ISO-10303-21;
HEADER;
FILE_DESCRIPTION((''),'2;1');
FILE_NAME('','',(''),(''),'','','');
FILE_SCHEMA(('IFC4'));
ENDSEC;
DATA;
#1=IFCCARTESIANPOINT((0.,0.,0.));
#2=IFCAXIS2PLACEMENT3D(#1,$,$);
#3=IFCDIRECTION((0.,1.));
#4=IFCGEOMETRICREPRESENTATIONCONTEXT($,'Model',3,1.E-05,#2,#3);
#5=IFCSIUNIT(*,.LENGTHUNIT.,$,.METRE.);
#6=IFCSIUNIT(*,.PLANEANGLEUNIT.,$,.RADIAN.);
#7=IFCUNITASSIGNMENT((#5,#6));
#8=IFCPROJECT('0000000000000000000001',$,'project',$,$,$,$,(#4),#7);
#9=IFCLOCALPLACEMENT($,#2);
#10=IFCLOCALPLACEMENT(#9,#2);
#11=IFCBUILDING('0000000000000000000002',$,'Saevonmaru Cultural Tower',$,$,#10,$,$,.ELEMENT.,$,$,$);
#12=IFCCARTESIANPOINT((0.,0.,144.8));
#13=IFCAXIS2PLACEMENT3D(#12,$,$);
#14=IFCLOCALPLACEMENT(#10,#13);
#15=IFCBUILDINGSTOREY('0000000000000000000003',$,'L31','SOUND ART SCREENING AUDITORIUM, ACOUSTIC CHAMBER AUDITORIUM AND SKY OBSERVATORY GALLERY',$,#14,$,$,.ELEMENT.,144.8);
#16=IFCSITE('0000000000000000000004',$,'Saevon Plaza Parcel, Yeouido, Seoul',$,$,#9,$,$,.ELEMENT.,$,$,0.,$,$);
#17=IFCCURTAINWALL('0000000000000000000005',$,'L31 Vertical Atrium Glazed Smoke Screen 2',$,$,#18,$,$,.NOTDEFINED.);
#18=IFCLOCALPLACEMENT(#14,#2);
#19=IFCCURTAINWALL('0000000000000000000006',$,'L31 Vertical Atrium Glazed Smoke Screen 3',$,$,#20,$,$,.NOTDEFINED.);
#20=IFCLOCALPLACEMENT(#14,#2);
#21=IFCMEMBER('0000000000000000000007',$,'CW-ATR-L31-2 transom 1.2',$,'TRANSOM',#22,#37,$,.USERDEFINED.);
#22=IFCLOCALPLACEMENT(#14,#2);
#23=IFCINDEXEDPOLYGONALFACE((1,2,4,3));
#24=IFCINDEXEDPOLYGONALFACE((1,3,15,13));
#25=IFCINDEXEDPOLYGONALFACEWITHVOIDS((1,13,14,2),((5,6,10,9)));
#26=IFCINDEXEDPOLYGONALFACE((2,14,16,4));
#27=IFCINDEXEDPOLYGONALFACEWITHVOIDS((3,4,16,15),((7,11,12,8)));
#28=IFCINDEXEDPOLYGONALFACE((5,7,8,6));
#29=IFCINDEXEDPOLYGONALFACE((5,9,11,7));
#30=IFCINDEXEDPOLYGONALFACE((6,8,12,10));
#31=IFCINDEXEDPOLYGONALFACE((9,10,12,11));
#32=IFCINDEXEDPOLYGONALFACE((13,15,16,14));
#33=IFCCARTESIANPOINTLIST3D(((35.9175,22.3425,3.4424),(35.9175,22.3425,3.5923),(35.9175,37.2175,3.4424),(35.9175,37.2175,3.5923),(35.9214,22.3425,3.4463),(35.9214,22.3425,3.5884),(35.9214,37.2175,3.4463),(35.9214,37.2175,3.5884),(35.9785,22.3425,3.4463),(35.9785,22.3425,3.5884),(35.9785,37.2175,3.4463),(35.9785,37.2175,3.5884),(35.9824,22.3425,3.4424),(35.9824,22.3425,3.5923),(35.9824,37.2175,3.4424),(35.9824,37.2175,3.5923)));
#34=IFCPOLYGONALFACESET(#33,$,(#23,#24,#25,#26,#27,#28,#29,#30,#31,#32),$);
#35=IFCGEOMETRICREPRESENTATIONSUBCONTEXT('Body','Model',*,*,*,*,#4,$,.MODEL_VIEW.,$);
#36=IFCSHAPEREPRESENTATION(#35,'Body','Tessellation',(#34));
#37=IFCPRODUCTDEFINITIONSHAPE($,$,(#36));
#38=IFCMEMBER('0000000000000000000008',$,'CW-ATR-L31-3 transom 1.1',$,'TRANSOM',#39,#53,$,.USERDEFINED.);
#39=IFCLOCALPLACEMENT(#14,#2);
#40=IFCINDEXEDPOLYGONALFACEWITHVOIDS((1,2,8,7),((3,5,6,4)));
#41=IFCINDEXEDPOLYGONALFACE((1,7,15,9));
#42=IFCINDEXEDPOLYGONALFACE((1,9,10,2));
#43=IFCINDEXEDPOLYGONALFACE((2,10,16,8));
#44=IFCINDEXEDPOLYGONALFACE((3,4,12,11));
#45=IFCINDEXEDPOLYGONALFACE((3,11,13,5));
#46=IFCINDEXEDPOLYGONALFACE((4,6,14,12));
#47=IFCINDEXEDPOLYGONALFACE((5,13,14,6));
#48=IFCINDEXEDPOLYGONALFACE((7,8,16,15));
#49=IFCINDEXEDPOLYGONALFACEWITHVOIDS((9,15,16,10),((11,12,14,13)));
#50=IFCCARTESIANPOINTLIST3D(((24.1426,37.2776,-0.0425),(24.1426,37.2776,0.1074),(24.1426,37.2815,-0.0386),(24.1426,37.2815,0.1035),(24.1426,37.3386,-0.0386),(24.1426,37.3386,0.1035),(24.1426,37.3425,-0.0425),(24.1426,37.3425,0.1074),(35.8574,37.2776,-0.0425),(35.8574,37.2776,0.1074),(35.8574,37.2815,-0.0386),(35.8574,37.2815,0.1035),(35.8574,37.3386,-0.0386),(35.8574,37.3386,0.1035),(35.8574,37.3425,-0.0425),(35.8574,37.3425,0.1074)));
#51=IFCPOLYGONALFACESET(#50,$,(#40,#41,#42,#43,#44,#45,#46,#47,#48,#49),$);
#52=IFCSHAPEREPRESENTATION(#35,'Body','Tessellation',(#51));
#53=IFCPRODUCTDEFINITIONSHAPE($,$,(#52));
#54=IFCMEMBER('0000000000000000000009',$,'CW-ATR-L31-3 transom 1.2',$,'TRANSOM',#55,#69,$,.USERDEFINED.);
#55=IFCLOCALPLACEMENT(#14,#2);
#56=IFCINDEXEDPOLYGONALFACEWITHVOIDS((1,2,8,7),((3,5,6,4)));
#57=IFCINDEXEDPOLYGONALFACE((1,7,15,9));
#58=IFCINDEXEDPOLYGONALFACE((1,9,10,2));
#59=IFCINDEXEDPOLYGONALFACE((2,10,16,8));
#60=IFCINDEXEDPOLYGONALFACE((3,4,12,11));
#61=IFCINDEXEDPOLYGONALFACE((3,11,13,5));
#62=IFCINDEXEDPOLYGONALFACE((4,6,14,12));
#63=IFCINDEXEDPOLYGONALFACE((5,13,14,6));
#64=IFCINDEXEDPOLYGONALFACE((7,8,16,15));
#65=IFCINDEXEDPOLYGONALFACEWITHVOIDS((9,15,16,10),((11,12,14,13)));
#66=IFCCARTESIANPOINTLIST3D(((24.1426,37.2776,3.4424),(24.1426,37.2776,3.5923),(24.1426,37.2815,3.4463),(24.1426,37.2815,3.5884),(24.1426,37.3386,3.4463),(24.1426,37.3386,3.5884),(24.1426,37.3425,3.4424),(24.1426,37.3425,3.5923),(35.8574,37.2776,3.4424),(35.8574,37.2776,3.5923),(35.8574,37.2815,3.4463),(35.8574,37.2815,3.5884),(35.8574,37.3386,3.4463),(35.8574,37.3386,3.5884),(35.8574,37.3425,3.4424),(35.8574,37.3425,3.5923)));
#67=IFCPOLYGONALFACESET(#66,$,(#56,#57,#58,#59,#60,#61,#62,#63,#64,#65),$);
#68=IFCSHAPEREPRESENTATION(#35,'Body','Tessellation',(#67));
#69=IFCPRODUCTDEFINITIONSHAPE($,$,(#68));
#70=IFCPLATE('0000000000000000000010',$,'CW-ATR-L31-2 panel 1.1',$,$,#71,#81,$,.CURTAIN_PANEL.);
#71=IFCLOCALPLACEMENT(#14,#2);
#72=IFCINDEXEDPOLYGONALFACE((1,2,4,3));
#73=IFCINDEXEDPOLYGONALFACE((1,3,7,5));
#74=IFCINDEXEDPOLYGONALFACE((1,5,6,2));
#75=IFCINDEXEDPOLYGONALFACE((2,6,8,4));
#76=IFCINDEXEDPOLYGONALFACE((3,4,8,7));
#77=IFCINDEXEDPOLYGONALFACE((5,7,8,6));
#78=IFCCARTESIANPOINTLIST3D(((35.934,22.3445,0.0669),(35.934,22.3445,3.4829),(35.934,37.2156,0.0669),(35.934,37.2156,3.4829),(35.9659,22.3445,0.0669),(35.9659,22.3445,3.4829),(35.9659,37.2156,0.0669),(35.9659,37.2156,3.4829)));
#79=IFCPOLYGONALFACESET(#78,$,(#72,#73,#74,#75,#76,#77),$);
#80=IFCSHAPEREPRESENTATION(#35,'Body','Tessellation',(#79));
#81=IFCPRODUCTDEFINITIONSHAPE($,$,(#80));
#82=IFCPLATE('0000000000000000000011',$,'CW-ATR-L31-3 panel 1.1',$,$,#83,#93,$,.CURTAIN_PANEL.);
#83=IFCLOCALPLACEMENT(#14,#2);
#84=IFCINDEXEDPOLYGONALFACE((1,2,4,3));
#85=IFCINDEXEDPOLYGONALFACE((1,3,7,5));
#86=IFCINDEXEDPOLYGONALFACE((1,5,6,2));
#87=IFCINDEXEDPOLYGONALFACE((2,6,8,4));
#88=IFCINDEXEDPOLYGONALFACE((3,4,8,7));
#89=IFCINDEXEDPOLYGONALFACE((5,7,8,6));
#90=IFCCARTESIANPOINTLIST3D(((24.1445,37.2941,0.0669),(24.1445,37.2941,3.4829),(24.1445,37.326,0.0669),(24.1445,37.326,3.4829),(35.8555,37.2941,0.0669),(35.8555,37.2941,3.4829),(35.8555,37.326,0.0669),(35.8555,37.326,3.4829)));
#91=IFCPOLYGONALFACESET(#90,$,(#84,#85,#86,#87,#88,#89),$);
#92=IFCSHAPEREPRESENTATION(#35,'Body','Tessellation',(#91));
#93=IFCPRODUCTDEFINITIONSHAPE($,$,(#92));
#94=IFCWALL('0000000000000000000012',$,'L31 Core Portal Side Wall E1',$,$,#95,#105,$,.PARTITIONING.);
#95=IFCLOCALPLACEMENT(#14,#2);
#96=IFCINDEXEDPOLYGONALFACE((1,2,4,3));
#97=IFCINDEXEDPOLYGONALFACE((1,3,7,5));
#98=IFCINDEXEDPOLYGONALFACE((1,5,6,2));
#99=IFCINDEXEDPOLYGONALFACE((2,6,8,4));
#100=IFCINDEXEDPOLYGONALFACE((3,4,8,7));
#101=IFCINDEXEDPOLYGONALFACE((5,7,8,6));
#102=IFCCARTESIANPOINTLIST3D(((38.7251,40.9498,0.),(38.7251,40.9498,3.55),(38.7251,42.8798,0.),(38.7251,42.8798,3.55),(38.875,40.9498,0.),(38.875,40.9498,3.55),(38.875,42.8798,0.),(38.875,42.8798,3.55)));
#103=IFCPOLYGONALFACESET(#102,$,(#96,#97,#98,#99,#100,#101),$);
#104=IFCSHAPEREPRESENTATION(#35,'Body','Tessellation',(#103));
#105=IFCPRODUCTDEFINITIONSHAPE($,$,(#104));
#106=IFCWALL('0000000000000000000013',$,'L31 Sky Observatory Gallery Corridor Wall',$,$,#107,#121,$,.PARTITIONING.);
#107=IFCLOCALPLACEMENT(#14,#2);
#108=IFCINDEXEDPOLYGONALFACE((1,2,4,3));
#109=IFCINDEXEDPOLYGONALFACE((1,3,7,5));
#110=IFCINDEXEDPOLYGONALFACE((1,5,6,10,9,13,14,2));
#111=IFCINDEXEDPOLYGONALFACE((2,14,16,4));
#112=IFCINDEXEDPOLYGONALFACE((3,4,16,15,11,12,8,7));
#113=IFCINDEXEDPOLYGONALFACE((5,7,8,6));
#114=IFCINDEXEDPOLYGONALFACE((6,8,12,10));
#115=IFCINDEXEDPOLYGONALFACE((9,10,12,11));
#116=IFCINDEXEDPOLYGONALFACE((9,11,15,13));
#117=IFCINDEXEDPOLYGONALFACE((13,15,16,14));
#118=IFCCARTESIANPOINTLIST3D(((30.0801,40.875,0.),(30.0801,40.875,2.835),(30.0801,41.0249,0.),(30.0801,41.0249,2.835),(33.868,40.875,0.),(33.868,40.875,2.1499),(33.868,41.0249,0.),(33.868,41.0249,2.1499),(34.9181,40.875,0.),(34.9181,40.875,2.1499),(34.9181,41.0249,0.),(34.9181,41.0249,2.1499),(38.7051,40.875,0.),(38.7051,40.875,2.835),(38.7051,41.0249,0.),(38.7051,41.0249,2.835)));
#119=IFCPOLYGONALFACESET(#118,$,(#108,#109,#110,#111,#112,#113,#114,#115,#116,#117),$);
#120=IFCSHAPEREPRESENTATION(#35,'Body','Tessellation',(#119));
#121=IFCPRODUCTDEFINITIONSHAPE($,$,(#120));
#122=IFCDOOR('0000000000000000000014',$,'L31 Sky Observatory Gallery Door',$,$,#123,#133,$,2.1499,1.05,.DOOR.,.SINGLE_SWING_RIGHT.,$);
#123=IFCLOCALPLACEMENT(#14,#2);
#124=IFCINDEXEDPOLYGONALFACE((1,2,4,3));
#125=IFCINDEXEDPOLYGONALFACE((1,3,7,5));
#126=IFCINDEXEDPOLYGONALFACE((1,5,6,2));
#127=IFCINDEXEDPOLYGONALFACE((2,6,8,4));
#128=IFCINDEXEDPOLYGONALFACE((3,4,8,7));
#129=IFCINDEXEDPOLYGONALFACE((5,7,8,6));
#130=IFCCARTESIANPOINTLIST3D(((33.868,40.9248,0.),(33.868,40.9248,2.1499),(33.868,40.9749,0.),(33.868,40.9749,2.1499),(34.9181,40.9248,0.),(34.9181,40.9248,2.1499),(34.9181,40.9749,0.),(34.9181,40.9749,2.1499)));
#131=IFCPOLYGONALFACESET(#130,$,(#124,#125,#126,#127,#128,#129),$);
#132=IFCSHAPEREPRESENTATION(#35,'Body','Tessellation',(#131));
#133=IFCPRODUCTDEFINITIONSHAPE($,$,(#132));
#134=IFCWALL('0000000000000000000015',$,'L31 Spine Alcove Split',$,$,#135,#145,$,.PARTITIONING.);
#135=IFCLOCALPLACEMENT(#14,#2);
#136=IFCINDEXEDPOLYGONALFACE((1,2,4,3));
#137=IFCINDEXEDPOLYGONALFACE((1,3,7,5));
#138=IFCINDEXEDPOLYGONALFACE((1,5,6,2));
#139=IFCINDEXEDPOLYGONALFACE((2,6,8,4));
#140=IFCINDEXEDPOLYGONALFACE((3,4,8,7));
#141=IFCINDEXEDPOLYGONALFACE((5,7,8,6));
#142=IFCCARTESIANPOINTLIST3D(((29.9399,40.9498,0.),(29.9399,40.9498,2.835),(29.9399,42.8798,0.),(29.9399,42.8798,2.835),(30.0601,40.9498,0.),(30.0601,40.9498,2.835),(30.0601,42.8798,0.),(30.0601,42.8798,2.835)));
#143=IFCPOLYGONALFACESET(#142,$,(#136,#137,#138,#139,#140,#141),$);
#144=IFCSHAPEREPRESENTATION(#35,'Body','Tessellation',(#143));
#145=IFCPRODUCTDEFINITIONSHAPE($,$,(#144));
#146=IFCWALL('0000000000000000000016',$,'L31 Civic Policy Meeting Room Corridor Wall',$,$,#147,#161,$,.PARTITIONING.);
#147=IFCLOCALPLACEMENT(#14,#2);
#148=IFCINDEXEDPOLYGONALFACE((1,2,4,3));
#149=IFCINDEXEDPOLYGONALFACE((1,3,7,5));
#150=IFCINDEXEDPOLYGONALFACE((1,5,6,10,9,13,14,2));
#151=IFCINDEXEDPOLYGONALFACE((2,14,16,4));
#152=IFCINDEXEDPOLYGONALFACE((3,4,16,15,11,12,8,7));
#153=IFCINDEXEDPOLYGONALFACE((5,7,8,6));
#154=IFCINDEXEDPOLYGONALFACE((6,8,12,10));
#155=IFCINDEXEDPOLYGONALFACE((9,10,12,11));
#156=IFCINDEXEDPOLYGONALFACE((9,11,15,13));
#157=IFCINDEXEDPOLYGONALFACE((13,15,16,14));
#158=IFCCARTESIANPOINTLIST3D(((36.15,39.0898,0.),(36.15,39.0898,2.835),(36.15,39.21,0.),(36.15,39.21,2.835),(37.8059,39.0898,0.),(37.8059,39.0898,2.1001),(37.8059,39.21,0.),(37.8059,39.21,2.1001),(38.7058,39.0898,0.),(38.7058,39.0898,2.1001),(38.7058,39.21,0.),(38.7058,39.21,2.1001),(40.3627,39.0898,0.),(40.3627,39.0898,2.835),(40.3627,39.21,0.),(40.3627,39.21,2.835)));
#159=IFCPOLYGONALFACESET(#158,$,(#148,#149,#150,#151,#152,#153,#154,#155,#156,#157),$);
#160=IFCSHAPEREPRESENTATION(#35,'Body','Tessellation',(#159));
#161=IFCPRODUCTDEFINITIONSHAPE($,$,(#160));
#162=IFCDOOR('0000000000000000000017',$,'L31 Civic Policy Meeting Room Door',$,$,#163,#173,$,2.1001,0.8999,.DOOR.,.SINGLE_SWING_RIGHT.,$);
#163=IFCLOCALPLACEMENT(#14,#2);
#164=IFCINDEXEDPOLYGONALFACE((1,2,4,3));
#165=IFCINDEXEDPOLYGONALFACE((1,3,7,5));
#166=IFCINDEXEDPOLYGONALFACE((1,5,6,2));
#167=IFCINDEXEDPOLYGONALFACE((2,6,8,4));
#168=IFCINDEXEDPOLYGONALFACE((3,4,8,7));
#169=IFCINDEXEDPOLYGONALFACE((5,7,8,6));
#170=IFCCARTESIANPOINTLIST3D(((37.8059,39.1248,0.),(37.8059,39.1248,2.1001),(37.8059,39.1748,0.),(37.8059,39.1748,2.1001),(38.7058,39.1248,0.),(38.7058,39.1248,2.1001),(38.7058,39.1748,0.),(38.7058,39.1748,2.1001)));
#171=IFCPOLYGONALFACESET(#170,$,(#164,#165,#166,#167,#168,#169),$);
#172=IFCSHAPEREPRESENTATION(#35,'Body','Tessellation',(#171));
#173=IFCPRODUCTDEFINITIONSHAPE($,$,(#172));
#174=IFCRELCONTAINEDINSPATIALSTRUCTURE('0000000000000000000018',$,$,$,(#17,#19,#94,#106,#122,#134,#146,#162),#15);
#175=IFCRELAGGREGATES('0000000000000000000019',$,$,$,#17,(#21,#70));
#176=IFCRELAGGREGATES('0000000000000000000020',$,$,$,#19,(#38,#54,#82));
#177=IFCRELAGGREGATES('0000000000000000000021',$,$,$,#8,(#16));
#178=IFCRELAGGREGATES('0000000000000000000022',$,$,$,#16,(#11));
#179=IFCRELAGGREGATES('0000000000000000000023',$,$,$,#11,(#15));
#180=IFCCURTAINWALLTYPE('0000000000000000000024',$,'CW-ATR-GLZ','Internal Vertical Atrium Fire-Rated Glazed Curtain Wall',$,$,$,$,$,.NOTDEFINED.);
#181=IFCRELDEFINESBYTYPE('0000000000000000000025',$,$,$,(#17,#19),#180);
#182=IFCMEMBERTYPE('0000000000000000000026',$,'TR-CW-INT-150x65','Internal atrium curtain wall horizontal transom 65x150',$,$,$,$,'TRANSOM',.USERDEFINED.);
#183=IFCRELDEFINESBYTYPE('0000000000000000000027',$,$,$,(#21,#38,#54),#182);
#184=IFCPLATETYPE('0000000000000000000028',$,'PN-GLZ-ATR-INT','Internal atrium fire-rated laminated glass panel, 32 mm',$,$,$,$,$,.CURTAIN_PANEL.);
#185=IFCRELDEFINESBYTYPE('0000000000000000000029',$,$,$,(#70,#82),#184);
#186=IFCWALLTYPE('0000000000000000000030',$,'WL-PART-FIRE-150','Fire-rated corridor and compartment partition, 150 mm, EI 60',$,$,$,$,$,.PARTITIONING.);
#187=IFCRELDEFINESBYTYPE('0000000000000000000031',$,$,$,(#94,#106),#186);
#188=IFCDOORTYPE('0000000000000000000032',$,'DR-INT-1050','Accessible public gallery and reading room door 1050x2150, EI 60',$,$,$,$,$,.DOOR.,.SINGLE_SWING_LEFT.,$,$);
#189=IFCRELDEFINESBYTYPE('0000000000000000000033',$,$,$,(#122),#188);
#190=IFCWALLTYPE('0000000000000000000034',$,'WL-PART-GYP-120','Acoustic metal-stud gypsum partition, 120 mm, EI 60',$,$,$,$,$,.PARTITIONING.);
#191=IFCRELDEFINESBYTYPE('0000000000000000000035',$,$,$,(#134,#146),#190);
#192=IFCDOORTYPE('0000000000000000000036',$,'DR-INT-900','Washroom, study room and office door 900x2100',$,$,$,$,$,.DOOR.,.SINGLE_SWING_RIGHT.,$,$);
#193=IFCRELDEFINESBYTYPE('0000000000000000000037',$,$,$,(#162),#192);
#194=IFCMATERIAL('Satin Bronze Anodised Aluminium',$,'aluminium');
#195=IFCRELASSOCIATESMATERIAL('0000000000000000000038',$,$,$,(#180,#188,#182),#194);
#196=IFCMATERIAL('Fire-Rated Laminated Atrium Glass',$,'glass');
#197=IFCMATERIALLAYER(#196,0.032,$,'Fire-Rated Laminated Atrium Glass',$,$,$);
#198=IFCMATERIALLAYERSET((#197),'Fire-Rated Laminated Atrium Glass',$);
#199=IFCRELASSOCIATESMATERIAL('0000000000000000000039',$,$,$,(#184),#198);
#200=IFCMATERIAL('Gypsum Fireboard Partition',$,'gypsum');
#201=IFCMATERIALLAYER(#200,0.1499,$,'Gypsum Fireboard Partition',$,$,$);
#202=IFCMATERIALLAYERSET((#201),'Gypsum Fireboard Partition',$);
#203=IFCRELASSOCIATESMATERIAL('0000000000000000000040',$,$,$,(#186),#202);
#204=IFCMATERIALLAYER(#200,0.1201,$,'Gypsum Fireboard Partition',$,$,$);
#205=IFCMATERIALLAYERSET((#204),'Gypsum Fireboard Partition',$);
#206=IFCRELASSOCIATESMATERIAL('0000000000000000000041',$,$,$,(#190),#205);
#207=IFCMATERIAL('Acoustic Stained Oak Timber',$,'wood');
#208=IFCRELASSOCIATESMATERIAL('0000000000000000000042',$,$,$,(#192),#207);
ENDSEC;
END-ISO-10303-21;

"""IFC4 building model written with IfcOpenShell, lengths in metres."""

from ifc_helpers import new_model, si_unit, direction, frame, frame_2d, origin, origin_2d, place, context, subcontext, project, spatial, rectangle, hollow_rectangle, extrude, material, layer, layer_set, material_profile, profile_set, type_object, element, fill, aggregate, save


model = new_model("IFC4")

# Units and contexts
model_context = context("Model", 3, precision=1e-05, world=origin(), true_north=direction((0.0, 1.0)))
body_context = subcontext(model_context, "Body", "Model", "MODEL_VIEW")
ifc_project = project(units=[si_unit("LENGTHUNIT", "METRE"), si_unit("PLANEANGLEUNIT", "RADIAN")], contexts=[model_context])

# Site, building, storey
site_placement = place(None, origin())
site = spatial("IfcSite", under=ifc_project, at=site_placement, Name="Saevon Plaza Parcel, Yeouido, Seoul", CompositionType="ELEMENT", RefElevation=0.0)
building_placement = place(site_placement, origin())
building = spatial("IfcBuilding", under=site, at=building_placement, Name="Saevonmaru Cultural Tower", CompositionType="ELEMENT")
storey_placement = place(building_placement, frame((0.0, 0.0, 144.8)))
storey = spatial("IfcBuildingStorey", under=building, at=storey_placement, Name="L31", Description="SOUND ART SCREENING AUDITORIUM, ACOUSTIC CHAMBER AUDITORIUM AND SKY OBSERVATORY GALLERY", CompositionType="ELEMENT", Elevation=144.8)

# Shared definitions
ifc_material_1 = material(Name="Satin Bronze Anodised Aluminium", Category="aluminium")
curtain_wall_type = type_object("IfcCurtainWallType", Name="CW-ATR-GLZ", Description="Internal Vertical Atrium Fire-Rated Glazed Curtain Wall", PredefinedType="NOTDEFINED", material=ifc_material_1)

# Curtain wall
curtain_wall_1_placement = place(storey_placement, origin())
curtain_wall_1 = element("IfcCurtainWall", 1, at=curtain_wall_1_placement, inside=storey, type_object=curtain_wall_type, Name="L31 Vertical Atrium Glazed Smoke Screen 2", PredefinedType="NOTDEFINED")

# Curtain wall
curtain_wall_2_placement = place(storey_placement, origin())
curtain_wall_2 = element("IfcCurtainWall", 2, at=curtain_wall_2_placement, inside=storey, type_object=curtain_wall_type, Name="L31 Vertical Atrium Glazed Smoke Screen 3", PredefinedType="NOTDEFINED")

# Members
ifc_material_profile_1 = material_profile(ifc_material_1, hollow_rectangle(XDim=0.0649, YDim=0.1499, WallThickness=0.0039, at=origin_2d()), Name="ALU-TRAN-150x65x4")
ifc_profile_set_1 = profile_set([ifc_material_profile_1], Name="Satin Bronze Anodised Aluminium")
member_type_1 = type_object("IfcMemberType", Name="TR-CW-INT-150x65", Description="Internal atrium curtain wall horizontal transom 65x150", ElementType="TRANSOM", PredefinedType="USERDEFINED", material=ifc_profile_set_1)
member_1_placement = place(storey_placement, frame((35.95, 22.3425, 3.5173), z_axis=(0.0, 1.0, 0.0), x_axis=(-1.0, 0.0, 0.0)))
member_1 = element("IfcMember", 3, at=member_1_placement, type_object=member_type_1, Name="CW-ATR-L31-2 transom 1.2", ObjectType="TRANSOM", PredefinedType="USERDEFINED", context=body_context, shape_type="SweptSolid", body=[
    extrude(hollow_rectangle(XDim=0.0649, YDim=0.1499, WallThickness=0.0039, at=origin_2d()), origin(), (0.0, 0.0, 1.0), 14.875),
])
member_2_placement = place(storey_placement, frame((35.8574, 37.3101, 0.0325), z_axis=(-1.0, 0.0, 0.0), x_axis=(0.0, -1.0, 0.0)))
member_2 = element("IfcMember", 4, at=member_2_placement, type_object=member_type_1, Name="CW-ATR-L31-3 transom 1.1", ObjectType="TRANSOM", PredefinedType="USERDEFINED", context=body_context, shape_type="SweptSolid", body=[
    extrude(hollow_rectangle(XDim=0.0649, YDim=0.1499, WallThickness=0.0039, at=origin_2d()), origin(), (0.0, 0.0, 1.0), 11.7148),
])
member_3_placement = place(storey_placement, frame((35.8574, 37.3101, 3.5173), z_axis=(-1.0, 0.0, 0.0), x_axis=(0.0, -1.0, 0.0)))
member_3 = element("IfcMember", 5, at=member_3_placement, type_object=member_type_1, Name="CW-ATR-L31-3 transom 1.2", ObjectType="TRANSOM", PredefinedType="USERDEFINED", context=body_context, shape_type="SweptSolid", body=[
    extrude(hollow_rectangle(XDim=0.0649, YDim=0.1499, WallThickness=0.0039, at=origin_2d()), origin(), (0.0, 0.0, 1.0), 11.7148),
])

# Plates
ifc_material_2 = material(Name="Fire-Rated Laminated Atrium Glass", Category="glass")
ifc_layer_1 = layer(ifc_material_2, 0.032, Name="Fire-Rated Laminated Atrium Glass")
ifc_layer_set_1 = layer_set([ifc_layer_1], Name="Fire-Rated Laminated Atrium Glass")
plate_type = type_object("IfcPlateType", Name="PN-GLZ-ATR-INT", Description="Internal atrium fire-rated laminated glass panel, 32 mm", PredefinedType="CURTAIN_PANEL", material=ifc_layer_set_1)
plate_1_placement = place(storey_placement, frame((35.95, 29.78, 0.0669), z_axis=(0.0, 0.0, 1.0), x_axis=(0.0, 1.0, 0.0)))
plate_1 = element("IfcPlate", 6, at=plate_1_placement, type_object=plate_type, Name="CW-ATR-L31-2 panel 1.1", PredefinedType="CURTAIN_PANEL", context=body_context, shape_type="SweptSolid", body=[
    extrude(rectangle(XDim=14.8711, YDim=0.032, at=origin_2d()), origin(), (0.0, 0.0, 1.0), 3.416),
])
aggregate(curtain_wall_1, [member_1, plate_1])
plate_2_placement = place(storey_placement, frame((30.0, 37.3101, 0.0669), z_axis=(0.0, 0.0, 1.0), x_axis=(-1.0, 0.0, 0.0)))
plate_2 = element("IfcPlate", 7, at=plate_2_placement, type_object=plate_type, Name="CW-ATR-L31-3 panel 1.1", PredefinedType="CURTAIN_PANEL", context=body_context, shape_type="SweptSolid", body=[
    extrude(rectangle(XDim=11.7109, YDim=0.032, at=origin_2d()), origin(), (0.0, 0.0, 1.0), 3.416),
])
aggregate(curtain_wall_2, [member_2, member_3, plate_2])

# Wall
ifc_material_3 = material(Name="Gypsum Fireboard Partition", Category="gypsum")
ifc_layer_2 = layer(ifc_material_3, 0.1499, Name="Gypsum Fireboard Partition")
ifc_layer_set_2 = layer_set([ifc_layer_2], Name="Gypsum Fireboard Partition")
wall_type_1 = type_object("IfcWallType", Name="WL-PART-FIRE-150", Description="Fire-rated corridor and compartment partition, 150 mm, EI 60", PredefinedType="PARTITIONING", material=ifc_layer_set_2)
wall_1_placement = place(storey_placement, frame((38.8, 40.95, 0.0), z_axis=(0.0, 0.0, 1.0), x_axis=(0.0, 1.0, 0.0)))
element("IfcWall", 8, at=wall_1_placement, inside=storey, type_object=wall_type_1, Name="L31 Core Portal Side Wall E1", PredefinedType="PARTITIONING", context=body_context, shape_type="SweptSolid", body=[
    extrude(rectangle(XDim=1.9299, YDim=0.1499, at=frame_2d((0.9648, 0.0))), origin(), (0.0, 0.0, 1.0), 3.55),
])

# Wall, opening, door
wall_2_placement = place(storey_placement, frame((30.0801, 40.95, 0.0), z_axis=(0.0, 0.0, 1.0), x_axis=(1.0, 0.0, 0.0)))
wall_2 = element("IfcWall", 9, at=wall_2_placement, inside=storey, type_object=wall_type_1, Name="L31 Sky Observatory Gallery Corridor Wall", PredefinedType="PARTITIONING", context=body_context, shape_type="SweptSolid", body=[
    extrude(rectangle(XDim=8.625, YDim=0.1499, at=frame_2d((4.3125, 0.0))), origin(), (0.0, 0.0, 1.0), 2.835),
])
opening_1_placement = place(wall_2_placement, frame((3.7881, 0.0, 0.0)))
opening_1 = element("IfcOpeningElement", 10, at=opening_1_placement, cuts=wall_2, PredefinedType="OPENING", context=body_context, shape_type="SweptSolid", body=[
    extrude(rectangle(XDim=1.05, YDim=2.1499, at=frame_2d((0.5249, 1.075))), frame((0.0, 0.085, 0.0), z_axis=(0.0, -1.0, 0.0), x_axis=(1.0, 0.0, 0.0)), (0.0, 0.0, 1.0), 0.1699),
])
door_type_1 = type_object("IfcDoorType", Name="DR-INT-1050", Description="Accessible public gallery and reading room door 1050x2150, EI 60", OperationType="SINGLE_SWING_LEFT", PredefinedType="DOOR", material=ifc_material_1)
door_1_placement = place(opening_1_placement, origin())
door_1 = element("IfcDoor", 11, at=door_1_placement, inside=storey, type_object=door_type_1, Name="L31 Sky Observatory Gallery Door", OperationType="SINGLE_SWING_RIGHT", OverallHeight=2.1499, OverallWidth=1.05, PredefinedType="DOOR", context=body_context, shape_type="SweptSolid", body=[
    extrude(rectangle(XDim=1.05, YDim=2.1499, at=frame_2d((0.5249, 1.075))), frame((0.0, 0.0249, 0.0), z_axis=(0.0, -1.0, 0.0), x_axis=(1.0, 0.0, 0.0)), (0.0, 0.0, 1.0), 0.05),
])
fill(opening_1, door_1)

# Wall
ifc_layer_3 = layer(ifc_material_3, 0.1201, Name="Gypsum Fireboard Partition")
ifc_layer_set_3 = layer_set([ifc_layer_3], Name="Gypsum Fireboard Partition")
wall_type_2 = type_object("IfcWallType", Name="WL-PART-GYP-120", Description="Acoustic metal-stud gypsum partition, 120 mm, EI 60", PredefinedType="PARTITIONING", material=ifc_layer_set_3)
wall_3_placement = place(storey_placement, frame((30.0, 40.95, 0.0), z_axis=(0.0, 0.0, 1.0), x_axis=(0.0, 1.0, 0.0)))
element("IfcWall", 12, at=wall_3_placement, inside=storey, type_object=wall_type_2, Name="L31 Spine Alcove Split", PredefinedType="PARTITIONING", context=body_context, shape_type="SweptSolid", body=[
    extrude(rectangle(XDim=1.9299, YDim=0.1201, at=frame_2d((0.9648, 0.0))), origin(), (0.0, 0.0, 1.0), 2.835),
])

# Wall, opening, door
wall_4_placement = place(storey_placement, frame((36.1499, 39.1499, 0.0), z_axis=(0.0, 0.0, 1.0), x_axis=(1.0, 0.0, 0.0)))
wall_4 = element("IfcWall", 13, at=wall_4_placement, inside=storey, type_object=wall_type_2, Name="L31 Civic Policy Meeting Room Corridor Wall", PredefinedType="PARTITIONING", context=body_context, shape_type="SweptSolid", body=[
    extrude(rectangle(XDim=4.2126, YDim=0.1201, at=frame_2d((2.1064, 0.0))), origin(), (0.0, 0.0, 1.0), 2.835),
])
opening_2_placement = place(wall_4_placement, frame((1.656, 0.0, 0.0)))
opening_2 = element("IfcOpeningElement", 14, at=opening_2_placement, cuts=wall_4, PredefinedType="OPENING", context=body_context, shape_type="SweptSolid", body=[
    extrude(rectangle(XDim=0.8999, YDim=2.1001, at=frame_2d((0.45, 1.05))), frame((0.0, 0.0701, 0.0), z_axis=(0.0, -1.0, 0.0), x_axis=(1.0, 0.0, 0.0)), (0.0, 0.0, 1.0), 0.1401),
])
ifc_material_4 = material(Name="Acoustic Stained Oak Timber", Category="wood")
door_type_2 = type_object("IfcDoorType", Name="DR-INT-900", Description="Washroom, study room and office door 900x2100", OperationType="SINGLE_SWING_RIGHT", PredefinedType="DOOR", material=ifc_material_4)
door_2_placement = place(opening_2_placement, origin())
door_2 = element("IfcDoor", 15, at=door_2_placement, inside=storey, type_object=door_type_2, Name="L31 Civic Policy Meeting Room Door", OperationType="SINGLE_SWING_RIGHT", OverallHeight=2.1001, OverallWidth=0.8999, PredefinedType="DOOR", context=body_context, shape_type="SweptSolid", body=[
    extrude(rectangle(XDim=0.8999, YDim=2.1001, at=frame_2d((0.45, 1.05))), frame((0.0, 0.0249, 0.0), z_axis=(0.0, -1.0, 0.0), x_axis=(1.0, 0.0, 0.0)), (0.0, 0.0, 1.0), 0.05),
])
fill(opening_2, door_2)

save(model, "model.ifc")
